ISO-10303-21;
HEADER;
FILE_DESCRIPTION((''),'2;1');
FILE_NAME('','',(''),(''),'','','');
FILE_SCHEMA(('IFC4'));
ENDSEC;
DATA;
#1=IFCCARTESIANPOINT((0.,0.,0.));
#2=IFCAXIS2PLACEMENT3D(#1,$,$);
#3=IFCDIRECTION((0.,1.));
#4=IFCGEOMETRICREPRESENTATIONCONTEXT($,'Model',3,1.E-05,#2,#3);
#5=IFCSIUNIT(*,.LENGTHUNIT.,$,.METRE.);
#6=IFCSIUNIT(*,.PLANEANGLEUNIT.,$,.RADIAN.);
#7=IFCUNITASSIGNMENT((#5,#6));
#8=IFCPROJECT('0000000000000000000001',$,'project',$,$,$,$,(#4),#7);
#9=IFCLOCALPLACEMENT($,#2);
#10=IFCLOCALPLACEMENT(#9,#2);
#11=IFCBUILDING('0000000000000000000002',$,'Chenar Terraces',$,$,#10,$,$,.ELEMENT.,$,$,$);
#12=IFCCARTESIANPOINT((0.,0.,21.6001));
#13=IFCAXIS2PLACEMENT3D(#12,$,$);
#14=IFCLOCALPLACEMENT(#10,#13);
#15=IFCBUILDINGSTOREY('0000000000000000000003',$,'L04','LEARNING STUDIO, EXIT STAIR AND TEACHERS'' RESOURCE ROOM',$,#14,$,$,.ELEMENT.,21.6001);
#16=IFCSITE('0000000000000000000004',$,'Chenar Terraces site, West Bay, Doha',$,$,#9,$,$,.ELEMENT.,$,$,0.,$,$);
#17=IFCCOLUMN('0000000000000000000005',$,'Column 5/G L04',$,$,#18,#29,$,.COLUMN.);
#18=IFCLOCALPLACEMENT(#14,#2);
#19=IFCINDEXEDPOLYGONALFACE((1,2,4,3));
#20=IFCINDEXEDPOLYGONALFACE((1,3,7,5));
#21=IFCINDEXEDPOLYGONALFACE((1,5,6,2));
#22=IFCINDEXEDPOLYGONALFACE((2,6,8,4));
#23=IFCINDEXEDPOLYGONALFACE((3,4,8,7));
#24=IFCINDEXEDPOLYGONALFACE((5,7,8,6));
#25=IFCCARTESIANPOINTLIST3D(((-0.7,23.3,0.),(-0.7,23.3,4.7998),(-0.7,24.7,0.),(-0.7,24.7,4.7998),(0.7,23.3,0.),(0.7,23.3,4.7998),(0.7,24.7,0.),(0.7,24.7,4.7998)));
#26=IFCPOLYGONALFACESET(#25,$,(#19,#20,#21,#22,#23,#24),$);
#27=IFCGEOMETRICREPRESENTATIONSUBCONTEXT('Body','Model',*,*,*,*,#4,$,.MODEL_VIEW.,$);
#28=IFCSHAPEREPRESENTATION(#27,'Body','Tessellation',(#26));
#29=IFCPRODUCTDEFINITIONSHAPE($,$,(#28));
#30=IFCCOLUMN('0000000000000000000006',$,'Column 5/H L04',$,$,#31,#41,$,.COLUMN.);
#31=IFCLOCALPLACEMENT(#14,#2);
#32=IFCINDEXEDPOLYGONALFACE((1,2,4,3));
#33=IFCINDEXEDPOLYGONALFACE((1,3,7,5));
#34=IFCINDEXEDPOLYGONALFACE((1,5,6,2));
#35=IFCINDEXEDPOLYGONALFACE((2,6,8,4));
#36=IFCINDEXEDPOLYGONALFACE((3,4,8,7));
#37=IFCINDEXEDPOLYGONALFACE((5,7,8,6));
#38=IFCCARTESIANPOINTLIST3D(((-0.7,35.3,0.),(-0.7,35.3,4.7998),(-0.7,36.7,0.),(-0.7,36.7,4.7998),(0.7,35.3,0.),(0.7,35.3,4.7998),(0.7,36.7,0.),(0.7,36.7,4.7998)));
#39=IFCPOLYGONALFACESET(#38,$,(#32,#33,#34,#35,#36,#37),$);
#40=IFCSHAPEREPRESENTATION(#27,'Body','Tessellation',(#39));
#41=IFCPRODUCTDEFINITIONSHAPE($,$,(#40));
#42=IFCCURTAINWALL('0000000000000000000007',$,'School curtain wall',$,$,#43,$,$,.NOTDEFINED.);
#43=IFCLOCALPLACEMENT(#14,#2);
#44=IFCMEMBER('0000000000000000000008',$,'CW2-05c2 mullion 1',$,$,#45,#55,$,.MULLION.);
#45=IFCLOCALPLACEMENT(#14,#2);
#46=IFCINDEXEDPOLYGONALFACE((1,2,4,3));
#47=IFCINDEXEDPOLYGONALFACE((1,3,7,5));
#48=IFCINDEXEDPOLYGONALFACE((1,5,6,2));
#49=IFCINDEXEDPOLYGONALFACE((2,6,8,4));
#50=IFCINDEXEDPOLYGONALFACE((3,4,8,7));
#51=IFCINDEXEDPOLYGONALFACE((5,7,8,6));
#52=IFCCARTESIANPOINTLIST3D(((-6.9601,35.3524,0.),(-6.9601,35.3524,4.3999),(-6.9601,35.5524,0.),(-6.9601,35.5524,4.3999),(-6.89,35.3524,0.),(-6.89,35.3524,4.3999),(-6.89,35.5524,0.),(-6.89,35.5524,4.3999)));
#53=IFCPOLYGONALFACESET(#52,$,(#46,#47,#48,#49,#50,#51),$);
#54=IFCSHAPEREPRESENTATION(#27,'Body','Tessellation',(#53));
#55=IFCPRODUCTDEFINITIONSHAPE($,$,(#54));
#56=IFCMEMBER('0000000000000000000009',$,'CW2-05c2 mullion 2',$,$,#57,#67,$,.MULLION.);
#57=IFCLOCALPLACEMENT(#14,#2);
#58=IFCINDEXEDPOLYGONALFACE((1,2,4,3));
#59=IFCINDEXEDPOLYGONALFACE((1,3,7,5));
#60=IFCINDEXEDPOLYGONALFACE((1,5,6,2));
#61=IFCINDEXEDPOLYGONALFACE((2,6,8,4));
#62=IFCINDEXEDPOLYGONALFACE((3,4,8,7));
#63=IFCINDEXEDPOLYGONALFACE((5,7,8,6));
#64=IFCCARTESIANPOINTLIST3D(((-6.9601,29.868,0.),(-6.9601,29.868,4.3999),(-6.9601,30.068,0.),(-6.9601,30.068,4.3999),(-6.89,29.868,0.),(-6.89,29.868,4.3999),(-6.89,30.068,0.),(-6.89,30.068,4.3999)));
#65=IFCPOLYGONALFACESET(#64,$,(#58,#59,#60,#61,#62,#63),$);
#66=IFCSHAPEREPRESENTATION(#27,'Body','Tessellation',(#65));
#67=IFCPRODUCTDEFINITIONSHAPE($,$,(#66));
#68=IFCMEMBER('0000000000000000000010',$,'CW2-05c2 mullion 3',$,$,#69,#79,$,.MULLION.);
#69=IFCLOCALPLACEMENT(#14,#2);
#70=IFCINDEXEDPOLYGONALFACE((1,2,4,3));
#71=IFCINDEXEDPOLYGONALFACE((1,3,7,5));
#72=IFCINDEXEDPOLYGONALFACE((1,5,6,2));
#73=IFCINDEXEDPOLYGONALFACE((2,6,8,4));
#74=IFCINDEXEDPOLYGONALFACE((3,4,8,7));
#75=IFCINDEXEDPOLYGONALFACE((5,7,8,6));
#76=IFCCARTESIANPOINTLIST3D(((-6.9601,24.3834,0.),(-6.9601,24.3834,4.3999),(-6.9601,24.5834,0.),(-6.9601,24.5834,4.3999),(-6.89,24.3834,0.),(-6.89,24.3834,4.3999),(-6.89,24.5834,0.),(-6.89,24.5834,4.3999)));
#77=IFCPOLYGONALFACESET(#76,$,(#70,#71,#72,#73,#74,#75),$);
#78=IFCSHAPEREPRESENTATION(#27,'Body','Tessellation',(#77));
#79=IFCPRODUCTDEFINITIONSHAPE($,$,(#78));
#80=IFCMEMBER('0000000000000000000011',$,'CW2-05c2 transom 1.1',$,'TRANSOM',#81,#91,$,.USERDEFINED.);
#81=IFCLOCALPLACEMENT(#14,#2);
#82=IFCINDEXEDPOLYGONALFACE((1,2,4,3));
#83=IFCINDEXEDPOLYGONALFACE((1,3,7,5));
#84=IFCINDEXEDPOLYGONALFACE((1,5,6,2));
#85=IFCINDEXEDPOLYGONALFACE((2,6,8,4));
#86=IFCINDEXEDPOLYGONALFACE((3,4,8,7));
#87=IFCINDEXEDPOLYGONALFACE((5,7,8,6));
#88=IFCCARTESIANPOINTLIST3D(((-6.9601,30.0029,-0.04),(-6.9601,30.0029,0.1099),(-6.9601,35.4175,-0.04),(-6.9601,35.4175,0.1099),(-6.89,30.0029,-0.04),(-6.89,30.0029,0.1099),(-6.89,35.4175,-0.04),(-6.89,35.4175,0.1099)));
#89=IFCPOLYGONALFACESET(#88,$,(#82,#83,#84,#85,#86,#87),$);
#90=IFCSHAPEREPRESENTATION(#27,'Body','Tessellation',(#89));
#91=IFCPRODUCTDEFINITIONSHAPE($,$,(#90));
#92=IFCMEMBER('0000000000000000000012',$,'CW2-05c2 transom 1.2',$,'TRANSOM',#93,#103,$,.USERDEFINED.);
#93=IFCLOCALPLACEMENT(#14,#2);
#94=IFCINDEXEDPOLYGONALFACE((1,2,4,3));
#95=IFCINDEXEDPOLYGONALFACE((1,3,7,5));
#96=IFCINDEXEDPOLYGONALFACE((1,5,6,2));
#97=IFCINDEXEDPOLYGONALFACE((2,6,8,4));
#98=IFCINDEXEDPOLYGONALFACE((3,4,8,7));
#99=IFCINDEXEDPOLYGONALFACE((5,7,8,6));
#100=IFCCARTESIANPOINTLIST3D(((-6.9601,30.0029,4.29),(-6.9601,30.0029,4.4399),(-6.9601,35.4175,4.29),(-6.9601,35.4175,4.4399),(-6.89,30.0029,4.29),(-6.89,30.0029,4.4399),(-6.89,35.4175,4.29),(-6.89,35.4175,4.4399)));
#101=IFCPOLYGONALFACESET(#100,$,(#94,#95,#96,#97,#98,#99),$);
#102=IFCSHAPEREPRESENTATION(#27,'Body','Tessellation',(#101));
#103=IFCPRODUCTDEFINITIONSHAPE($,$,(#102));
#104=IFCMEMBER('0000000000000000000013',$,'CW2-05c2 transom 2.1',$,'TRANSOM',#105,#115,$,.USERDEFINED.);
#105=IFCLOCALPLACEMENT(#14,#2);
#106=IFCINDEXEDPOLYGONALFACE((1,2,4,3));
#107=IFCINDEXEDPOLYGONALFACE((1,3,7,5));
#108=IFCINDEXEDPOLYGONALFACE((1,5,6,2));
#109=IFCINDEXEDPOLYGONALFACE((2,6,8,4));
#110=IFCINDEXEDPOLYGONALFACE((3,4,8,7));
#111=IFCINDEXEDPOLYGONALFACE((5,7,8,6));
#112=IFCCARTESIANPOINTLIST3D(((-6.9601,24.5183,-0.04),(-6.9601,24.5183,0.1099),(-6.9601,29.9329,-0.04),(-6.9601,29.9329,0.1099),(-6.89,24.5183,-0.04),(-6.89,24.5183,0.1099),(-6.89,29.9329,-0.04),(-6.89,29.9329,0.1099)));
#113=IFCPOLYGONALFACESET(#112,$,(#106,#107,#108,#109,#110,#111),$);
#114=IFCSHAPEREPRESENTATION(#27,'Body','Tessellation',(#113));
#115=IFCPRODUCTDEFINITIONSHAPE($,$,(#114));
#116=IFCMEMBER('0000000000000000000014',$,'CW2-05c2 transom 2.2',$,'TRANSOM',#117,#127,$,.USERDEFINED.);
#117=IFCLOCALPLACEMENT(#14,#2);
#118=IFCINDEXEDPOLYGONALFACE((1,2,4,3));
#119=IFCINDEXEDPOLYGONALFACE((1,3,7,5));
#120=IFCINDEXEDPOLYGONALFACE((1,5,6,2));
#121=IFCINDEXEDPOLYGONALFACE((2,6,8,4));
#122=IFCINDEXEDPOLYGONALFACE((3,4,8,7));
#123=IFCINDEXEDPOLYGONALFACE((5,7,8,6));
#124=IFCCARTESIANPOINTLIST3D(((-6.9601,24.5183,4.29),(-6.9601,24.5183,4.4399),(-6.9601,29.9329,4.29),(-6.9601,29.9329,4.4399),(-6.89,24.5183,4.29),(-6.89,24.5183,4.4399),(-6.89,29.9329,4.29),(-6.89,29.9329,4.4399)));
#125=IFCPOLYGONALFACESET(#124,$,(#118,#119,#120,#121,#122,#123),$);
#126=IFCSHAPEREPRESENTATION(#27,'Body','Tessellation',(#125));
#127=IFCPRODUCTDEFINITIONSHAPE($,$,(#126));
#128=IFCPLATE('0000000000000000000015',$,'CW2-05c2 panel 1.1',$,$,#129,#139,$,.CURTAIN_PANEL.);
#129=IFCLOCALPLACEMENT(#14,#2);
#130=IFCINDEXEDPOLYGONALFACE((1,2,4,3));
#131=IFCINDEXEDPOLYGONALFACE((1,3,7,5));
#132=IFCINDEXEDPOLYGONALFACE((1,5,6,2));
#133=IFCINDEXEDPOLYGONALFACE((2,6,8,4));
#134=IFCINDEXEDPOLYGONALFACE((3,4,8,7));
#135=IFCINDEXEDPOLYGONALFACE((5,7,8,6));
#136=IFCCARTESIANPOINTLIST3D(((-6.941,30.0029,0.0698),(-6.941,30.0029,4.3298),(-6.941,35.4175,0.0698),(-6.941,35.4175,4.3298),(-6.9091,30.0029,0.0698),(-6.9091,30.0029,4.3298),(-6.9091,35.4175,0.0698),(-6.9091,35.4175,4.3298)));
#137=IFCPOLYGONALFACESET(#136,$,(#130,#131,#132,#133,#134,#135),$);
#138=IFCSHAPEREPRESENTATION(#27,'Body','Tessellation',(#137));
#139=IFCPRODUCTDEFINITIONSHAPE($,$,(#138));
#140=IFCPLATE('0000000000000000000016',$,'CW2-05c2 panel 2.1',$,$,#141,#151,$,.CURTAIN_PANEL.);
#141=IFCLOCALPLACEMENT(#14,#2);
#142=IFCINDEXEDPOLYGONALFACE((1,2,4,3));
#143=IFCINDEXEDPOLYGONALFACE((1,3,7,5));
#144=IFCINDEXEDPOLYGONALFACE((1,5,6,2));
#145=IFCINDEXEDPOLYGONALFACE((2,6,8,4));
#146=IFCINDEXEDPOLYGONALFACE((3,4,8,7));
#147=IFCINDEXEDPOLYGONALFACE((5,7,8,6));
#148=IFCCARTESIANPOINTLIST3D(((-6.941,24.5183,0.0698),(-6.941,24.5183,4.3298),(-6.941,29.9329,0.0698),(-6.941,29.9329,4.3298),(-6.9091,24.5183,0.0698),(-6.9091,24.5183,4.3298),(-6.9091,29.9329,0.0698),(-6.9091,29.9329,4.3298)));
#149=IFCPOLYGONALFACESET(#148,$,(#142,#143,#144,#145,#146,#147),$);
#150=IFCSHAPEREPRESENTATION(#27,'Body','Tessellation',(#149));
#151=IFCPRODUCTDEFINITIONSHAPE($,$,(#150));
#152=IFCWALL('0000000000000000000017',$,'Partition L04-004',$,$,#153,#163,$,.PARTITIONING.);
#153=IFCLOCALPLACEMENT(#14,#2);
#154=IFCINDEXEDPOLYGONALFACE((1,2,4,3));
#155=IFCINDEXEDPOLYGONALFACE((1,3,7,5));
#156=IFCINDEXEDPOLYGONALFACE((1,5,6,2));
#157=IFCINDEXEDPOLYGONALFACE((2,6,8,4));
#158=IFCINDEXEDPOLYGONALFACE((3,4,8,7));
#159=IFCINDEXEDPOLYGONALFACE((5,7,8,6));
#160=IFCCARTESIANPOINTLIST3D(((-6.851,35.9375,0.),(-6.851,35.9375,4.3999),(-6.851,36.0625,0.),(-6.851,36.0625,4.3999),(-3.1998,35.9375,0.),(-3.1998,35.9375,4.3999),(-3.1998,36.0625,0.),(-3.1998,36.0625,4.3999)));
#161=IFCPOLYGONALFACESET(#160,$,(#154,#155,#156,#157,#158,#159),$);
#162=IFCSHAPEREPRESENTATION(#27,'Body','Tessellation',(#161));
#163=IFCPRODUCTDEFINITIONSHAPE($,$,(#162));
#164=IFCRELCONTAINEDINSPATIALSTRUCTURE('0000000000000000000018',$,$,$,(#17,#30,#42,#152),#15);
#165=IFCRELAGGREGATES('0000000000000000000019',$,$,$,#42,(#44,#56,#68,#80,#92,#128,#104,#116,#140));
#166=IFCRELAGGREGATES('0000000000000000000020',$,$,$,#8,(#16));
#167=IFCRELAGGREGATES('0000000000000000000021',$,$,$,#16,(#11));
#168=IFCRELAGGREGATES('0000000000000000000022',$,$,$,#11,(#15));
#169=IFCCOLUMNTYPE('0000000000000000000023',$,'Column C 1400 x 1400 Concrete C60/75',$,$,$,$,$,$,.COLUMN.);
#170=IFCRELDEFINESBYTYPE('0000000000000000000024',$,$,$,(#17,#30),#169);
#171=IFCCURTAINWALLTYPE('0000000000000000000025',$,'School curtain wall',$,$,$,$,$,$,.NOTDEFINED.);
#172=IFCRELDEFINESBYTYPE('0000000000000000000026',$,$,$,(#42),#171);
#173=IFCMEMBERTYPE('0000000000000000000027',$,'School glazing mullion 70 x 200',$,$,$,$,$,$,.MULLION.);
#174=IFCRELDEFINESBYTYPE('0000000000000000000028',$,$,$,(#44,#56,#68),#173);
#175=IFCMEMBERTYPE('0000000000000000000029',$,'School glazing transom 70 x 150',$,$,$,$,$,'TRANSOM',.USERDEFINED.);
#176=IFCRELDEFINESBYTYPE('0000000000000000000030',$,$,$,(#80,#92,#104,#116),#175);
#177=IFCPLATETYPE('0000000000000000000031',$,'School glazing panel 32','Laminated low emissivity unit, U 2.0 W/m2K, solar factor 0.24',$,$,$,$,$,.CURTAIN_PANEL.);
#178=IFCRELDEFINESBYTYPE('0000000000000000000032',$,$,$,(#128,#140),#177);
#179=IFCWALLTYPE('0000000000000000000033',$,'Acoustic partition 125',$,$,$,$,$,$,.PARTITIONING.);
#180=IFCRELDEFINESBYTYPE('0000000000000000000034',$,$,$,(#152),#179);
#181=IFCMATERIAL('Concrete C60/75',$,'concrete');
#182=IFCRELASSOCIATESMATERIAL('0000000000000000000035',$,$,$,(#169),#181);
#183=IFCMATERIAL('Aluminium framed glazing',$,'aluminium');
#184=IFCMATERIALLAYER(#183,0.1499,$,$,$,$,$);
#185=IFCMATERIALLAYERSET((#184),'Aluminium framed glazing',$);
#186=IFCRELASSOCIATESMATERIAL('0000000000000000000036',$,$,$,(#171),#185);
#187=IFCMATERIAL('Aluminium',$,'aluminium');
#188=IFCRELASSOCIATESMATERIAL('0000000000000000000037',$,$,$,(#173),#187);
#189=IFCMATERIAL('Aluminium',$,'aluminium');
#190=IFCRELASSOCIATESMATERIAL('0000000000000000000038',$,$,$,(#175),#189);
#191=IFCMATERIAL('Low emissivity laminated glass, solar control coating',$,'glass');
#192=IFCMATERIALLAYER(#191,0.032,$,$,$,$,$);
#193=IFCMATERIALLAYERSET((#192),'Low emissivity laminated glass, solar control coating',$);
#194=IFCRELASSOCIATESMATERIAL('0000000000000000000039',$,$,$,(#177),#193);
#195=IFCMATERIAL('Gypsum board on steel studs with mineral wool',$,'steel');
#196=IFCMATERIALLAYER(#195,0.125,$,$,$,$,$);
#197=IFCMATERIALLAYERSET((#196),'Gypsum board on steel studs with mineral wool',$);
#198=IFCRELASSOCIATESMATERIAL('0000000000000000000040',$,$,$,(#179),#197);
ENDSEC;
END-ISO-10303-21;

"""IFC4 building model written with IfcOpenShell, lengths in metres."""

from ifc_helpers import new_model, si_unit, direction, frame, frame_2d, origin, origin_2d, place, context, subcontext, project, spatial, rectangle, extrude, material, layer, layer_set, material_profile, profile_set, type_object, element, aggregate, save


model = new_model("IFC4")

# Units and contexts
model_context = context("Model", 3, precision=1e-05, world=origin(), true_north=direction((0.0, 1.0)))
body_context = subcontext(model_context, "Body", "Model", "MODEL_VIEW")
ifc_project = project(units=[si_unit("LENGTHUNIT", "METRE"), si_unit("PLANEANGLEUNIT", "RADIAN")], contexts=[model_context])

# Site, building, storey
site_placement = place(None, origin())
site = spatial("IfcSite", under=ifc_project, at=site_placement, Name="Chenar Terraces site, West Bay, Doha", CompositionType="ELEMENT", RefElevation=0.0)
building_placement = place(site_placement, origin())
building = spatial("IfcBuilding", under=site, at=building_placement, Name="Chenar Terraces", CompositionType="ELEMENT")
storey_placement = place(building_placement, frame((0.0, 0.0, 21.6001)))
storey = spatial("IfcBuildingStorey", under=building, at=storey_placement, Name="L04", Description="LEARNING STUDIO, EXIT STAIR AND TEACHERS' RESOURCE ROOM", CompositionType="ELEMENT", Elevation=21.6001)

# Columns
ifc_material_1 = material(Name="Concrete C60/75", Category="concrete")
ifc_material_profile_1 = material_profile(ifc_material_1, rectangle(XDim=1.3999, YDim=1.3999, at=origin_2d()), Name="C 1400 x 1400")
ifc_profile_set_1 = profile_set([ifc_material_profile_1], Name="Concrete C60/75")
column_type = type_object("IfcColumnType", Name="Column C 1400 x 1400 Concrete C60/75", PredefinedType="COLUMN", material=ifc_profile_set_1)
for number, where, z_axis, x_axis, name in (
    (1, (0.0, 24.0, 0.0), (0.0, 0.0, 1.0), (1.0, 0.0, 0.0), "Column 5/G L04"),
    (2, (0.0, 36.0, 0.0), (0.0, 0.0, 1.0), (1.0, 0.0, 0.0), "Column 5/H L04"),
):
    element("IfcColumn", number, at=place(storey_placement, frame(where, z_axis=z_axis, x_axis=x_axis)), inside=storey, type_object=column_type, Name=name, PredefinedType="COLUMN", context=body_context, shape_type="SweptSolid", body=[
        extrude(rectangle(XDim=1.3999, YDim=1.3999, at=origin_2d()), origin(), (0.0, 0.0, 1.0), 4.7998),
    ])

# Curtain wall, members, plates
ifc_material_2 = material(Name="Aluminium framed glazing", Category="aluminium")
ifc_layer_1 = layer(ifc_material_2, 0.1499)
ifc_layer_set_1 = layer_set([ifc_layer_1], Name="Aluminium framed glazing")
curtain_wall_type = type_object("IfcCurtainWallType", Name="School curtain wall", PredefinedType="NOTDEFINED", material=ifc_layer_set_1)
curtain_wall_placement = place(storey_placement, origin())
curtain_wall = element("IfcCurtainWall", 3, at=curtain_wall_placement, inside=storey, type_object=curtain_wall_type, Name="School curtain wall", PredefinedType="NOTDEFINED")
ifc_material_3 = material(Name="Aluminium", Category="aluminium")
ifc_material_profile_2 = material_profile(ifc_material_3, rectangle(XDim=0.0701, YDim=0.2, at=origin_2d()), Name="School glazing mullion 70 x 200")
ifc_profile_set_2 = profile_set([ifc_material_profile_2], Name="Aluminium")
member_type_1 = type_object("IfcMemberType", Name="School glazing mullion 70 x 200", PredefinedType="MULLION", material=ifc_profile_set_2)
member_1_placement = place(storey_placement, frame((-6.925, 35.4524, 0.0), z_axis=(0.0, 0.0, 1.0), x_axis=(1.0, 0.0, 0.0)))
member_1 = element("IfcMember", 4, at=member_1_placement, type_object=member_type_1, Name="CW2-05c2 mullion 1", PredefinedType="MULLION", context=body_context, shape_type="SweptSolid", body=[
    extrude(rectangle(XDim=0.0701, YDim=0.2, at=origin_2d()), origin(), (0.0, 0.0, 1.0), 4.3999),
])
member_2_placement = place(storey_placement, frame((-6.925, 29.968, 0.0), z_axis=(0.0, 0.0, 1.0), x_axis=(1.0, 0.0, 0.0)))
member_2 = element("IfcMember", 5, at=member_2_placement, type_object=member_type_1, Name="CW2-05c2 mullion 2", PredefinedType="MULLION", context=body_context, shape_type="SweptSolid", body=[
    extrude(rectangle(XDim=0.0701, YDim=0.2, at=origin_2d()), origin(), (0.0, 0.0, 1.0), 4.3999),
])
member_3_placement = place(storey_placement, frame((-6.925, 24.4834, 0.0), z_axis=(0.0, 0.0, 1.0), x_axis=(1.0, 0.0, 0.0)))
member_3 = element("IfcMember", 6, at=member_3_placement, type_object=member_type_1, Name="CW2-05c2 mullion 3", PredefinedType="MULLION", context=body_context, shape_type="SweptSolid", body=[
    extrude(rectangle(XDim=0.0701, YDim=0.2, at=origin_2d()), origin(), (0.0, 0.0, 1.0), 4.3999),
])
ifc_material_4 = material(Name="Aluminium", Category="aluminium")
ifc_material_profile_3 = material_profile(ifc_material_4, rectangle(XDim=0.0701, YDim=0.1499, at=origin_2d()), Name="School glazing transom 70 x 150")
ifc_profile_set_3 = profile_set([ifc_material_profile_3], Name="Aluminium")
member_type_2 = type_object("IfcMemberType", Name="School glazing transom 70 x 150", ElementType="TRANSOM", PredefinedType="USERDEFINED", material=ifc_profile_set_3)
member_4_placement = place(storey_placement, frame((-6.925, 35.4175, 0.0349), z_axis=(0.0, -1.0, 0.0), x_axis=(1.0, 0.0, 0.0)))
member_4 = element("IfcMember", 7, at=member_4_placement, type_object=member_type_2, Name="CW2-05c2 transom 1.1", ObjectType="TRANSOM", PredefinedType="USERDEFINED", context=body_context, shape_type="SweptSolid", body=[
    extrude(rectangle(XDim=0.0701, YDim=0.1499, at=origin_2d()), origin(), (0.0, 0.0, 1.0), 5.4146),
])
member_5_placement = place(storey_placement, frame((-6.925, 35.4175, 4.365), z_axis=(0.0, -1.0, 0.0), x_axis=(1.0, 0.0, 0.0)))
member_5 = element("IfcMember", 8, at=member_5_placement, type_object=member_type_2, Name="CW2-05c2 transom 1.2", ObjectType="TRANSOM", PredefinedType="USERDEFINED", context=body_context, shape_type="SweptSolid", body=[
    extrude(rectangle(XDim=0.0701, YDim=0.1499, at=origin_2d()), origin(), (0.0, 0.0, 1.0), 5.4146),
])
member_6_placement = place(storey_placement, frame((-6.925, 29.9329, 0.0349), z_axis=(0.0, -1.0, 0.0), x_axis=(1.0, 0.0, 0.0)))
member_6 = element("IfcMember", 9, at=member_6_placement, type_object=member_type_2, Name="CW2-05c2 transom 2.1", ObjectType="TRANSOM", PredefinedType="USERDEFINED", context=body_context, shape_type="SweptSolid", body=[
    extrude(rectangle(XDim=0.0701, YDim=0.1499, at=origin_2d()), origin(), (0.0, 0.0, 1.0), 5.4146),
])
member_7_placement = place(storey_placement, frame((-6.925, 29.9329, 4.365), z_axis=(0.0, -1.0, 0.0), x_axis=(1.0, 0.0, 0.0)))
member_7 = element("IfcMember", 10, at=member_7_placement, type_object=member_type_2, Name="CW2-05c2 transom 2.2", ObjectType="TRANSOM", PredefinedType="USERDEFINED", context=body_context, shape_type="SweptSolid", body=[
    extrude(rectangle(XDim=0.0701, YDim=0.1499, at=origin_2d()), origin(), (0.0, 0.0, 1.0), 5.4146),
])
ifc_material_5 = material(Name="Low emissivity laminated glass, solar control coating", Category="glass")
ifc_layer_2 = layer(ifc_material_5, 0.032)
ifc_layer_set_2 = layer_set([ifc_layer_2], Name="Low emissivity laminated glass, solar control coating")
plate_type = type_object("IfcPlateType", Name="School glazing panel 32", Description="Laminated low emissivity unit, U 2.0 W/m2K, solar factor 0.24", PredefinedType="CURTAIN_PANEL", material=ifc_layer_set_2)
plate_1_placement = place(storey_placement, frame((-6.925, 32.7102, 0.0698), z_axis=(0.0, 0.0, 1.0), x_axis=(0.0, -1.0, 0.0)))
plate_1 = element("IfcPlate", 11, at=plate_1_placement, type_object=plate_type, Name="CW2-05c2 panel 1.1", PredefinedType="CURTAIN_PANEL", context=body_context, shape_type="SweptSolid", body=[
    extrude(rectangle(XDim=5.4146, YDim=0.032, at=origin_2d()), origin(), (0.0, 0.0, 1.0), 4.26),
])
plate_2_placement = place(storey_placement, frame((-6.925, 27.2256, 0.0698), z_axis=(0.0, 0.0, 1.0), x_axis=(0.0, -1.0, 0.0)))
plate_2 = element("IfcPlate", 12, at=plate_2_placement, type_object=plate_type, Name="CW2-05c2 panel 2.1", PredefinedType="CURTAIN_PANEL", context=body_context, shape_type="SweptSolid", body=[
    extrude(rectangle(XDim=5.4146, YDim=0.032, at=origin_2d()), origin(), (0.0, 0.0, 1.0), 4.26),
])
aggregate(curtain_wall, [member_1, member_2, member_3, member_4, member_5, plate_1, member_6, member_7, plate_2])

# Wall
ifc_material_6 = material(Name="Gypsum board on steel studs with mineral wool", Category="steel")
ifc_layer_3 = layer(ifc_material_6, 0.125)
ifc_layer_set_3 = layer_set([ifc_layer_3], Name="Gypsum board on steel studs with mineral wool")
wall_type_1 = type_object("IfcWallType", Name="Acoustic partition 125", PredefinedType="PARTITIONING", material=ifc_layer_set_3)
wall_1_placement = place(storey_placement, frame((-6.8511, 36.0, 0.0), z_axis=(0.0, 0.0, 1.0), x_axis=(1.0, 0.0, 0.0)))
element("IfcWall", 13, at=wall_1_placement, inside=storey, type_object=wall_type_1, Name="Partition L04-004", PredefinedType="PARTITIONING", context=body_context, shape_type="SweptSolid", body=[
    extrude(rectangle(XDim=3.6511, YDim=0.125, at=frame_2d((1.8257, 0.0))), origin(), (0.0, 0.0, 1.0), 4.3999),
])

save(model, "model.ifc")
